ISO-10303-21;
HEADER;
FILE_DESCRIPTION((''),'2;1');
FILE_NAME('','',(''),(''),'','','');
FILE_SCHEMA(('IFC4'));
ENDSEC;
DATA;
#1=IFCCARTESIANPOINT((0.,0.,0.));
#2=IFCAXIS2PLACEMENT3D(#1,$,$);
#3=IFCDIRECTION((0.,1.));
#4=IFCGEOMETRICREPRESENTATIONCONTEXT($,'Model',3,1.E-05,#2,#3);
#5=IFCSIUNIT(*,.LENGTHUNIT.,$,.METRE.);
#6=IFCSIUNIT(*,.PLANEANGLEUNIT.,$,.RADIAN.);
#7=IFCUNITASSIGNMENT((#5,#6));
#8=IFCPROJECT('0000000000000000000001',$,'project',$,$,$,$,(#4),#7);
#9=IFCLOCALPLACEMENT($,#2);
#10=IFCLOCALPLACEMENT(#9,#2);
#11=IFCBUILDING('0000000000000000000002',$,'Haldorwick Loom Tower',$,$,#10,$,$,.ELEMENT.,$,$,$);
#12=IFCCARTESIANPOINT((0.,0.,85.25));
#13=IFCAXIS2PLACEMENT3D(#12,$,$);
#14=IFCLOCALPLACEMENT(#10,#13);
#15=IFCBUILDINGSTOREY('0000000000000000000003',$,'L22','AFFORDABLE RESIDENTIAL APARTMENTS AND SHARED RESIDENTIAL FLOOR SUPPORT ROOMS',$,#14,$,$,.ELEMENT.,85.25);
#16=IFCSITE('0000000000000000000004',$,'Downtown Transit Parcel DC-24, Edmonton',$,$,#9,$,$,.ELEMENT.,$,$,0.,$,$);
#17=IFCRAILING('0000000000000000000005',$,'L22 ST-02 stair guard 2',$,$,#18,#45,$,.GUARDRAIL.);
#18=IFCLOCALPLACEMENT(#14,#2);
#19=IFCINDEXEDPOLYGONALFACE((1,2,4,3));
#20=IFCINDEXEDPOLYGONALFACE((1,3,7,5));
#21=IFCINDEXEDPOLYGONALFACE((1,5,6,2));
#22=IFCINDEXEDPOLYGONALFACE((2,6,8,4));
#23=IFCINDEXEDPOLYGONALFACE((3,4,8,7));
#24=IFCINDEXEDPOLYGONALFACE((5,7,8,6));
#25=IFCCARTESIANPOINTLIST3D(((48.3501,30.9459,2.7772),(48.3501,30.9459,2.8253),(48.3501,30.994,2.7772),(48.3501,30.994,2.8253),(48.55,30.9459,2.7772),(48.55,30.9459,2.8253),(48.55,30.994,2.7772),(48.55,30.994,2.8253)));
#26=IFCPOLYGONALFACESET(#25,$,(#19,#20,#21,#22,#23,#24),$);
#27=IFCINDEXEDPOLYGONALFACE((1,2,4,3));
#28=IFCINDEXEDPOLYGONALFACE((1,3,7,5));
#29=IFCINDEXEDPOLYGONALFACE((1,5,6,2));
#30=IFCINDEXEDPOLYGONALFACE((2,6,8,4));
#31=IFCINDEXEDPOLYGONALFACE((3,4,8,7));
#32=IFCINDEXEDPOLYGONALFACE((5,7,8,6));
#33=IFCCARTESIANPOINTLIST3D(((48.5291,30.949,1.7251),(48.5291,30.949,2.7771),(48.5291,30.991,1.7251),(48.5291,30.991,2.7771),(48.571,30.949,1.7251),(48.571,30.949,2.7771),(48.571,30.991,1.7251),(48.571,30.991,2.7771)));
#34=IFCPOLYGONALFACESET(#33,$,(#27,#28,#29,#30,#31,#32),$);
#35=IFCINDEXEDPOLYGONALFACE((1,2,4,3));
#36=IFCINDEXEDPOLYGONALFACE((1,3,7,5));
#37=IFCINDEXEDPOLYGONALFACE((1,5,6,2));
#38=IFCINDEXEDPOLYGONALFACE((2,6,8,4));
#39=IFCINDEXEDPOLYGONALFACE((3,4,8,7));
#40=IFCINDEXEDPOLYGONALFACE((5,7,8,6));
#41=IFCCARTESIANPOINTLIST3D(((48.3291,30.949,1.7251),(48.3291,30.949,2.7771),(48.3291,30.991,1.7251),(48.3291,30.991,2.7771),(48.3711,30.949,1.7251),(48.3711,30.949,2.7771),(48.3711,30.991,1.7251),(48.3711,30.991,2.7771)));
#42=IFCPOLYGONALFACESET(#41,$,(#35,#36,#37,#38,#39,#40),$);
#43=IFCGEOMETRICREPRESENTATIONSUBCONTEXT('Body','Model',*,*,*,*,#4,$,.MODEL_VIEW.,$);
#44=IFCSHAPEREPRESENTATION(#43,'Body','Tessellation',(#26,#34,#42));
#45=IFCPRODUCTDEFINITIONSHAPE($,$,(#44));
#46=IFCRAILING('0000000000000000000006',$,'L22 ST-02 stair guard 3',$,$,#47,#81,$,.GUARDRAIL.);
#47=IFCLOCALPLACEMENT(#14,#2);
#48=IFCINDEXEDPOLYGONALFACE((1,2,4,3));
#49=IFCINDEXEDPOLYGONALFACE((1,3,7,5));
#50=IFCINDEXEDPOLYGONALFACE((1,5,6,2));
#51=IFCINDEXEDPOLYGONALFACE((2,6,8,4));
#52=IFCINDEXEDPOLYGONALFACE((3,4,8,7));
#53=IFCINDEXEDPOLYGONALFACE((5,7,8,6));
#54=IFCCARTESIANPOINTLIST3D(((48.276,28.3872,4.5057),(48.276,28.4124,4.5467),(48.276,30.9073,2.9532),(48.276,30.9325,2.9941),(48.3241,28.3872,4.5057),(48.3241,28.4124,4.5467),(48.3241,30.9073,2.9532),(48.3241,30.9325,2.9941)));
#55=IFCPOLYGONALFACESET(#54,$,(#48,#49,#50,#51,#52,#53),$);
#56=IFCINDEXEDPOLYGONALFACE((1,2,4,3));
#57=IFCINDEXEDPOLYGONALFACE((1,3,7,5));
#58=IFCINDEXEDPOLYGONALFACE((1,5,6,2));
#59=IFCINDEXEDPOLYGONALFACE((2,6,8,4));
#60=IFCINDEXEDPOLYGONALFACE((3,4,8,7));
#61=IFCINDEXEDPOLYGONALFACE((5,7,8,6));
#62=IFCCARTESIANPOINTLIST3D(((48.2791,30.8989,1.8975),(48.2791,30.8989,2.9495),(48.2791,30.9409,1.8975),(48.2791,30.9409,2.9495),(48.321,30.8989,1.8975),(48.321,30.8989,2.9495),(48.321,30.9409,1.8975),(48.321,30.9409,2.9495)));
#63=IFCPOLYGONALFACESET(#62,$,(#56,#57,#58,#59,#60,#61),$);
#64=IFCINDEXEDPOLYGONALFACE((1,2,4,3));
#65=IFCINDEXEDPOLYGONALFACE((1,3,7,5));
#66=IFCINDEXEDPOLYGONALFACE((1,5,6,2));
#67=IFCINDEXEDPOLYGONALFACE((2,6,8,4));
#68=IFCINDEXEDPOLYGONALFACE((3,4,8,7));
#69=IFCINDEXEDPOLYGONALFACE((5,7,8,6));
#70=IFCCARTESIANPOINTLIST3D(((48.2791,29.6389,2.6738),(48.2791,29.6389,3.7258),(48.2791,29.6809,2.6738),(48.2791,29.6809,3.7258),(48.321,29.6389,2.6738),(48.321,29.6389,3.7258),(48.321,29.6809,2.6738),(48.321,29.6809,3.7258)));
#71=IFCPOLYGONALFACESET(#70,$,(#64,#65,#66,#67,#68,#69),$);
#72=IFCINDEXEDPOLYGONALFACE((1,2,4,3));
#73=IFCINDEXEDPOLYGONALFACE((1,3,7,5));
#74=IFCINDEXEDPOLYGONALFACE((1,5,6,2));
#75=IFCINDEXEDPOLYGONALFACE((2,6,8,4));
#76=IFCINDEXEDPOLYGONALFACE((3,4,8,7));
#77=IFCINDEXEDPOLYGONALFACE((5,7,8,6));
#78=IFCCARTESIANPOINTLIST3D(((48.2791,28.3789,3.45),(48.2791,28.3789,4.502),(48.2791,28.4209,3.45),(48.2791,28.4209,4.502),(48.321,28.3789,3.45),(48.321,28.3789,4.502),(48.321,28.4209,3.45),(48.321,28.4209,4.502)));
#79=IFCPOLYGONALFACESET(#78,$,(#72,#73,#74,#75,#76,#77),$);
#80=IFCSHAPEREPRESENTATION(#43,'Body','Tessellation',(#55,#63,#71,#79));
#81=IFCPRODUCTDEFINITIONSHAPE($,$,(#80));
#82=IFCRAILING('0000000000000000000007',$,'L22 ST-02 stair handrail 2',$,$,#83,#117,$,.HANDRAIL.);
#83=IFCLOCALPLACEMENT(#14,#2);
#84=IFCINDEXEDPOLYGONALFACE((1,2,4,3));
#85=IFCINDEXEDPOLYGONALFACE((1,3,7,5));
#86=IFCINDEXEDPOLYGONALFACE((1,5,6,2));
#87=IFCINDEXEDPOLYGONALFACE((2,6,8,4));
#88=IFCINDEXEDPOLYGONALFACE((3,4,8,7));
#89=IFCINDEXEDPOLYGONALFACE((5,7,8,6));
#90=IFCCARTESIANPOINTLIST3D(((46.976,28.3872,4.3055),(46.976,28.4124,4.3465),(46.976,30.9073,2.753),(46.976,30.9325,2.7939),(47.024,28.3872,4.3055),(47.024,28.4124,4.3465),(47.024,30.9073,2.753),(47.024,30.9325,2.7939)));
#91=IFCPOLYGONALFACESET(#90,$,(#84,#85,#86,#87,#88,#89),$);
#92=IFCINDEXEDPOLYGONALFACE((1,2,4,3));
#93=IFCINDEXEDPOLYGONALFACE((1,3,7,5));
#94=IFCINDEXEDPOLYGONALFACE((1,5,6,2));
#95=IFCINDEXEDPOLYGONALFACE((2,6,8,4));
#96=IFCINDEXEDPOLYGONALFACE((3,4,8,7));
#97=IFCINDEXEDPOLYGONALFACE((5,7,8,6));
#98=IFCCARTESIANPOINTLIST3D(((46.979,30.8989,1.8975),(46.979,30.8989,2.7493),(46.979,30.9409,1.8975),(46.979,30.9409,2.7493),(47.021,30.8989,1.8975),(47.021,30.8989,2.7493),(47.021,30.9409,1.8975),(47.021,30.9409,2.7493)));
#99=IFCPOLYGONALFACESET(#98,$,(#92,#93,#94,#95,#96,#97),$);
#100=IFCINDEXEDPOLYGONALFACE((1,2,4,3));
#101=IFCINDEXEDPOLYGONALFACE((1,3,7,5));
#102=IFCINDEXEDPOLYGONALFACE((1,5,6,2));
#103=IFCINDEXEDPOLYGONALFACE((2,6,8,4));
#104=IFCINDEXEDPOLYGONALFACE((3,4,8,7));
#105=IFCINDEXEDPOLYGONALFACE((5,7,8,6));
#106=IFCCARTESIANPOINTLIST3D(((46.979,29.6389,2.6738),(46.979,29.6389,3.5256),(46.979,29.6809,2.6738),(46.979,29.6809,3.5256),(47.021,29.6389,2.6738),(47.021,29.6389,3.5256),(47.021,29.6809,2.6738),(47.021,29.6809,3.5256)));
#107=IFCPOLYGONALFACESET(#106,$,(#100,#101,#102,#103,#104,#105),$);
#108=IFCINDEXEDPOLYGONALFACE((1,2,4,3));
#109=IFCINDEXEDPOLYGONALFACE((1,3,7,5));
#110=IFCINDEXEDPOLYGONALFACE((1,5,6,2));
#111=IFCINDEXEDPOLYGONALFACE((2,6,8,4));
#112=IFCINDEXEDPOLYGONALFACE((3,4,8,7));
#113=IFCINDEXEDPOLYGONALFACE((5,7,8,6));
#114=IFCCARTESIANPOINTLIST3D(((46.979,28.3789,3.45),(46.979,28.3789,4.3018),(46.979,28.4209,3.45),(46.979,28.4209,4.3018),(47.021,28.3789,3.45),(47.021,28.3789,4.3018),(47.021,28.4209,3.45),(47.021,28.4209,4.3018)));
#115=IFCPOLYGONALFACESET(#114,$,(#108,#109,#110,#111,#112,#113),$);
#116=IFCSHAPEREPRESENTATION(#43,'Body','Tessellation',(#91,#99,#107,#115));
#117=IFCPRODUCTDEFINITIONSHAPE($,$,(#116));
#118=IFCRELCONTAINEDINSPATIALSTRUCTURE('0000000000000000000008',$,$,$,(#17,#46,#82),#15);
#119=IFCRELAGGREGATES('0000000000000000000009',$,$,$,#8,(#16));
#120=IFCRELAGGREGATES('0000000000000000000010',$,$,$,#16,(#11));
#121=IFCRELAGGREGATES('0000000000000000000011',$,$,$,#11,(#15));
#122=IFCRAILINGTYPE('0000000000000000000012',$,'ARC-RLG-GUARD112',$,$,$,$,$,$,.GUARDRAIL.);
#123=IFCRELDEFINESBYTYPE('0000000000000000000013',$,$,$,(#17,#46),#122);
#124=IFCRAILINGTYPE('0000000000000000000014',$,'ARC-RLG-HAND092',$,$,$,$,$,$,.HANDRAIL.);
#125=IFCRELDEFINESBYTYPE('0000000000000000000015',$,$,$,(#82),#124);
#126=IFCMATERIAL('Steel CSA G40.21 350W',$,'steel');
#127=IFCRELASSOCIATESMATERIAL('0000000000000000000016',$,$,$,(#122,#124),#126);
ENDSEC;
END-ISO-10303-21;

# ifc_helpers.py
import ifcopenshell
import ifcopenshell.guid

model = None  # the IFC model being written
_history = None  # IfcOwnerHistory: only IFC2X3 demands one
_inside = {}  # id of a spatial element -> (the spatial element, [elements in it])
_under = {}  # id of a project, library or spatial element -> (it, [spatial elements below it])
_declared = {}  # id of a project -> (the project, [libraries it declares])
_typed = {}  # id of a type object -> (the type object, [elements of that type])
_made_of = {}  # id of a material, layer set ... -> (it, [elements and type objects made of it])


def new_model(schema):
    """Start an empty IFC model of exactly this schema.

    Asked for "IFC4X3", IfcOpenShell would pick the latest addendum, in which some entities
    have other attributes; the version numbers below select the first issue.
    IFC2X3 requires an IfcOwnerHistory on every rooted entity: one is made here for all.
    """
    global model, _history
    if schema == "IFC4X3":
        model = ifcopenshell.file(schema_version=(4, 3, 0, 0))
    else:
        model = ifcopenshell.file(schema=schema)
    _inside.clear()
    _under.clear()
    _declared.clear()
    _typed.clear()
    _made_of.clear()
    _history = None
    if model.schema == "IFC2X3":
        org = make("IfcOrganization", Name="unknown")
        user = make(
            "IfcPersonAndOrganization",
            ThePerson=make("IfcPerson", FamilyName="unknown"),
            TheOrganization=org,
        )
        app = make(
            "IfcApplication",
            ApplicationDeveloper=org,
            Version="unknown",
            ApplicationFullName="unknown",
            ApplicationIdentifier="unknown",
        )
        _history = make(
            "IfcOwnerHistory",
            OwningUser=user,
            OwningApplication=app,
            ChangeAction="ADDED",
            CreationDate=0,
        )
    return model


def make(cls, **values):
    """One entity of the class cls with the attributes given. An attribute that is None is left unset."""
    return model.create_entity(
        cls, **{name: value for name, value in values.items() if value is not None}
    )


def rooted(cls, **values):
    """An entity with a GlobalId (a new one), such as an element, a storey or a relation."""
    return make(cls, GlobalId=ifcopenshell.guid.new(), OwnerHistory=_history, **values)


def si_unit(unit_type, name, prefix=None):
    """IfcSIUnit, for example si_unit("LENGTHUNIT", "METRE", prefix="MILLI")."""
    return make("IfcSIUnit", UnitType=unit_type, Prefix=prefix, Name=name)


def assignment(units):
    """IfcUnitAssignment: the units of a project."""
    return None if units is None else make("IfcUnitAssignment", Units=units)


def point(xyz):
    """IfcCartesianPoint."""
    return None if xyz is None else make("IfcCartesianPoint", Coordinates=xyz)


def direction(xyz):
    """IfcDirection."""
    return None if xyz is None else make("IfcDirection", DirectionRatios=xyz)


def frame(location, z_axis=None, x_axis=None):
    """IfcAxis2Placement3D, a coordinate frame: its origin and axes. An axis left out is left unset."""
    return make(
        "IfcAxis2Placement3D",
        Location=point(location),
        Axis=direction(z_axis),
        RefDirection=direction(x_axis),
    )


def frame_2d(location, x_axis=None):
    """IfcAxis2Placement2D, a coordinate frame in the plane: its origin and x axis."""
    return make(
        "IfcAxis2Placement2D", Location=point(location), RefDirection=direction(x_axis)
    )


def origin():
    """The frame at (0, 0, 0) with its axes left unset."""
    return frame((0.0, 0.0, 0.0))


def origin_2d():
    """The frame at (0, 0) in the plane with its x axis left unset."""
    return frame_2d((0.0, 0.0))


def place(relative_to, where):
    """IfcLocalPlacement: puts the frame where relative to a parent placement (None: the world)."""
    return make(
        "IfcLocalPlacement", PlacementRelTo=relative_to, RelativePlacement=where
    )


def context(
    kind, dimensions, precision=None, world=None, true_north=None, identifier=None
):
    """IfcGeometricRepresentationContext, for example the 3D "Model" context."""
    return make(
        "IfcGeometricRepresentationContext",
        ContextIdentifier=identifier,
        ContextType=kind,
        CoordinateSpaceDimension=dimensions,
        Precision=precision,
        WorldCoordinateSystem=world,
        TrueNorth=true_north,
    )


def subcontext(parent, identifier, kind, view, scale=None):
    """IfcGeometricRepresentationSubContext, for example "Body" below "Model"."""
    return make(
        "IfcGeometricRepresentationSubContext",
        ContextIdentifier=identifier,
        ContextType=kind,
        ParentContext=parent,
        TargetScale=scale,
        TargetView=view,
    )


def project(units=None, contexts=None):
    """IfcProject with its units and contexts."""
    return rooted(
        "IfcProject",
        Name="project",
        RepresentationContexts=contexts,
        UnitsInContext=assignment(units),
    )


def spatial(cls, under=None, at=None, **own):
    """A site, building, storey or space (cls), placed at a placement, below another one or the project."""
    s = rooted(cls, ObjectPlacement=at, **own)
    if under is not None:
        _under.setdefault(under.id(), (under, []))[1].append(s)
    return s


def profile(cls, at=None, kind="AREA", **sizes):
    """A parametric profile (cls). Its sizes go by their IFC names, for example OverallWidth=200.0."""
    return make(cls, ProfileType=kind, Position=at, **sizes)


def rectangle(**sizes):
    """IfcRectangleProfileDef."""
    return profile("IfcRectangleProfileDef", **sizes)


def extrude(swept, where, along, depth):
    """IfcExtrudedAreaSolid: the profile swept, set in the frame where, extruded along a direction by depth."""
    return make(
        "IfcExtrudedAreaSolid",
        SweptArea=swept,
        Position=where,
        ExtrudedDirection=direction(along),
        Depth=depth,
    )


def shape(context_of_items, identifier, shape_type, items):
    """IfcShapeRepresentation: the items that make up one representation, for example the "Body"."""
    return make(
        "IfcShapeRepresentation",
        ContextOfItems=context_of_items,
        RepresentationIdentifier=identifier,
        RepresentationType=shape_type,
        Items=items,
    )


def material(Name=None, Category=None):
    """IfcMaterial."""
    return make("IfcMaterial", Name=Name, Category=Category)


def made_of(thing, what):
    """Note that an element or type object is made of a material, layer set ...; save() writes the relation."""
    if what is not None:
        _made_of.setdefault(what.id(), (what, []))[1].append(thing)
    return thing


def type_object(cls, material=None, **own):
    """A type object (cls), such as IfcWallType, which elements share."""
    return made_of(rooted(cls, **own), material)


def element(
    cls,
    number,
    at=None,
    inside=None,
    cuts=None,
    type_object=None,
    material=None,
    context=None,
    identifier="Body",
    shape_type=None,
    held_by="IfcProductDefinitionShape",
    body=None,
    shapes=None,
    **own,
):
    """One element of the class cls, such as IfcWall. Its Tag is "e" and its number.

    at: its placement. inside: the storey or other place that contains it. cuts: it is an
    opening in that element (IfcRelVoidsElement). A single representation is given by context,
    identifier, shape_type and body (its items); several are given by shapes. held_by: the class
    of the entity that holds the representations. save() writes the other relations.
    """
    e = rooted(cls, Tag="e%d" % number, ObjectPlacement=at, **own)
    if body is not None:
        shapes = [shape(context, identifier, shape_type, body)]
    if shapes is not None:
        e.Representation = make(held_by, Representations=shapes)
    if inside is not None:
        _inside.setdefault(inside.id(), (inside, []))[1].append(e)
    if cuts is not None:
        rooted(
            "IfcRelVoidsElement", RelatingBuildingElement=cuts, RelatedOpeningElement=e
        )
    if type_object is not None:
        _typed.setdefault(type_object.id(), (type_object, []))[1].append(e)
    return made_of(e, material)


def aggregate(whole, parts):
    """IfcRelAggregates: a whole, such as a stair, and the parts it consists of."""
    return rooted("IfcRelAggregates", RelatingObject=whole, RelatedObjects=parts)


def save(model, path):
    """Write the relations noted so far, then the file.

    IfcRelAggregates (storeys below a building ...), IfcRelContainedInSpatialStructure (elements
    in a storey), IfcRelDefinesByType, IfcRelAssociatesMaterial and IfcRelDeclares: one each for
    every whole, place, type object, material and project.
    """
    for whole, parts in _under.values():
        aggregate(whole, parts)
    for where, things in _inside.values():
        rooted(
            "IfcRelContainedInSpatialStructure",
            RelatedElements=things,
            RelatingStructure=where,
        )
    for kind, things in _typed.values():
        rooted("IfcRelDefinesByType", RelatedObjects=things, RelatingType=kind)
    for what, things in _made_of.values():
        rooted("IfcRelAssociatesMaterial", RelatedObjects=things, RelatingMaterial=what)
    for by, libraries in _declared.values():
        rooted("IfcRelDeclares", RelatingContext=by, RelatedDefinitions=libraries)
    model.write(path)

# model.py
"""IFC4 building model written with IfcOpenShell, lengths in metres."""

from ifc_helpers import new_model, si_unit, direction, frame, origin, origin_2d, place, context, subcontext, project, spatial, rectangle, extrude, material, type_object, element, save


model = new_model("IFC4")

# Units and contexts
model_context = context("Model", 3, precision=1e-05, world=origin(), true_north=direction((0.0, 1.0)))
body_context = subcontext(model_context, "Body", "Model", "MODEL_VIEW")
ifc_project = project(units=[si_unit("LENGTHUNIT", "METRE"), si_unit("PLANEANGLEUNIT", "RADIAN")], contexts=[model_context])

# Site, building, storey
site_placement = place(None, origin())
site = spatial("IfcSite", under=ifc_project, at=site_placement, Name="Downtown Transit Parcel DC-24, Edmonton", CompositionType="ELEMENT", RefElevation=0.0)
building_placement = place(site_placement, origin())
building = spatial("IfcBuilding", under=site, at=building_placement, Name="Haldorwick Loom Tower", CompositionType="ELEMENT")
storey_placement = place(building_placement, frame((0.0, 0.0, 85.25)))
storey = spatial("IfcBuildingStorey", under=building, at=storey_placement, Name="L22", Description="AFFORDABLE RESIDENTIAL APARTMENTS AND SHARED RESIDENTIAL FLOOR SUPPORT ROOMS", CompositionType="ELEMENT", Elevation=85.25)

# Shared definitions
ifc_material_1 = material(Name="Steel CSA G40.21 350W", Category="steel")

# Railings
railing_type_1 = type_object("IfcRailingType", Name="ARC-RLG-GUARD112", PredefinedType="GUARDRAIL", material=ifc_material_1)
railing_1_placement = place(storey_placement, frame((48.55, 30.97, 1.7251)))
element("IfcRailing", 1, at=railing_1_placement, inside=storey, type_object=railing_type_1, Name="L22 ST-02 stair guard 2", PredefinedType="GUARDRAIL", context=body_context, shape_type="SweptSolid", body=[
    extrude(rectangle(XDim=0.0481, YDim=0.0481, at=origin_2d()), frame((0.0, 0.0, 1.0762), z_axis=(-1.0, 0.0, 0.0), x_axis=(0.0, -1.0, 0.0)), (0.0, 0.0, 1.0), 0.2),
    extrude(rectangle(XDim=0.042, YDim=0.042, at=origin_2d()), origin(), (0.0, 0.0, 1.0), 1.052),
    extrude(rectangle(XDim=0.042, YDim=0.042, at=origin_2d()), frame((-0.2, 0.0, 0.0)), (0.0, 0.0, 1.0), 1.052),
])
railing_2_placement = place(storey_placement, frame((48.3, 30.9199, 1.8975)))
element("IfcRailing", 2, at=railing_2_placement, inside=storey, type_object=railing_type_1, Name="L22 ST-02 stair guard 3", PredefinedType="GUARDRAIL", context=body_context, shape_type="SweptSolid", body=[
    extrude(rectangle(XDim=0.0481, YDim=0.0481, at=origin_2d()), frame((0.0, 0.0, 1.0762), z_axis=(0.0, -0.8514, 0.524516), x_axis=(1.0, 0.0, 0.0)), (0.0, 0.0, 1.0), 2.96),
    extrude(rectangle(XDim=0.042, YDim=0.042, at=origin_2d()), origin(), (0.0, 0.0, 1.0), 1.052),
    extrude(rectangle(XDim=0.042, YDim=0.042, at=origin_2d()), frame((0.0, -1.26, 0.7764)), (0.0, 0.0, 1.0), 1.052),
    extrude(rectangle(XDim=0.042, YDim=0.042, at=origin_2d()), frame((0.0, -2.52, 1.5525)), (0.0, 0.0, 1.0), 1.052),
])
railing_type_2 = type_object("IfcRailingType", Name="ARC-RLG-HAND092", PredefinedType="HANDRAIL", material=ifc_material_1)
railing_3_placement = place(storey_placement, frame((47.0, 30.9199, 1.8975)))
element("IfcRailing", 3, at=railing_3_placement, inside=storey, type_object=railing_type_2, Name="L22 ST-02 stair handrail 2", PredefinedType="HANDRAIL", context=body_context, shape_type="SweptSolid", body=[
    extrude(rectangle(XDim=0.0481, YDim=0.0481, at=origin_2d()), frame((0.0, 0.0, 0.876), z_axis=(0.0, -0.8514, 0.524516), x_axis=(1.0, 0.0, 0.0)), (0.0, 0.0, 1.0), 2.96),
    extrude(rectangle(XDim=0.042, YDim=0.042, at=origin_2d()), origin(), (0.0, 0.0, 1.0), 0.8518),
    extrude(rectangle(XDim=0.042, YDim=0.042, at=origin_2d()), frame((0.0, -1.26, 0.7764)), (0.0, 0.0, 1.0), 0.8518),
    extrude(rectangle(XDim=0.042, YDim=0.042, at=origin_2d()), frame((0.0, -2.52, 1.5525)), (0.0, 0.0, 1.0), 0.8518),
])

save(model, "model.ifc")
